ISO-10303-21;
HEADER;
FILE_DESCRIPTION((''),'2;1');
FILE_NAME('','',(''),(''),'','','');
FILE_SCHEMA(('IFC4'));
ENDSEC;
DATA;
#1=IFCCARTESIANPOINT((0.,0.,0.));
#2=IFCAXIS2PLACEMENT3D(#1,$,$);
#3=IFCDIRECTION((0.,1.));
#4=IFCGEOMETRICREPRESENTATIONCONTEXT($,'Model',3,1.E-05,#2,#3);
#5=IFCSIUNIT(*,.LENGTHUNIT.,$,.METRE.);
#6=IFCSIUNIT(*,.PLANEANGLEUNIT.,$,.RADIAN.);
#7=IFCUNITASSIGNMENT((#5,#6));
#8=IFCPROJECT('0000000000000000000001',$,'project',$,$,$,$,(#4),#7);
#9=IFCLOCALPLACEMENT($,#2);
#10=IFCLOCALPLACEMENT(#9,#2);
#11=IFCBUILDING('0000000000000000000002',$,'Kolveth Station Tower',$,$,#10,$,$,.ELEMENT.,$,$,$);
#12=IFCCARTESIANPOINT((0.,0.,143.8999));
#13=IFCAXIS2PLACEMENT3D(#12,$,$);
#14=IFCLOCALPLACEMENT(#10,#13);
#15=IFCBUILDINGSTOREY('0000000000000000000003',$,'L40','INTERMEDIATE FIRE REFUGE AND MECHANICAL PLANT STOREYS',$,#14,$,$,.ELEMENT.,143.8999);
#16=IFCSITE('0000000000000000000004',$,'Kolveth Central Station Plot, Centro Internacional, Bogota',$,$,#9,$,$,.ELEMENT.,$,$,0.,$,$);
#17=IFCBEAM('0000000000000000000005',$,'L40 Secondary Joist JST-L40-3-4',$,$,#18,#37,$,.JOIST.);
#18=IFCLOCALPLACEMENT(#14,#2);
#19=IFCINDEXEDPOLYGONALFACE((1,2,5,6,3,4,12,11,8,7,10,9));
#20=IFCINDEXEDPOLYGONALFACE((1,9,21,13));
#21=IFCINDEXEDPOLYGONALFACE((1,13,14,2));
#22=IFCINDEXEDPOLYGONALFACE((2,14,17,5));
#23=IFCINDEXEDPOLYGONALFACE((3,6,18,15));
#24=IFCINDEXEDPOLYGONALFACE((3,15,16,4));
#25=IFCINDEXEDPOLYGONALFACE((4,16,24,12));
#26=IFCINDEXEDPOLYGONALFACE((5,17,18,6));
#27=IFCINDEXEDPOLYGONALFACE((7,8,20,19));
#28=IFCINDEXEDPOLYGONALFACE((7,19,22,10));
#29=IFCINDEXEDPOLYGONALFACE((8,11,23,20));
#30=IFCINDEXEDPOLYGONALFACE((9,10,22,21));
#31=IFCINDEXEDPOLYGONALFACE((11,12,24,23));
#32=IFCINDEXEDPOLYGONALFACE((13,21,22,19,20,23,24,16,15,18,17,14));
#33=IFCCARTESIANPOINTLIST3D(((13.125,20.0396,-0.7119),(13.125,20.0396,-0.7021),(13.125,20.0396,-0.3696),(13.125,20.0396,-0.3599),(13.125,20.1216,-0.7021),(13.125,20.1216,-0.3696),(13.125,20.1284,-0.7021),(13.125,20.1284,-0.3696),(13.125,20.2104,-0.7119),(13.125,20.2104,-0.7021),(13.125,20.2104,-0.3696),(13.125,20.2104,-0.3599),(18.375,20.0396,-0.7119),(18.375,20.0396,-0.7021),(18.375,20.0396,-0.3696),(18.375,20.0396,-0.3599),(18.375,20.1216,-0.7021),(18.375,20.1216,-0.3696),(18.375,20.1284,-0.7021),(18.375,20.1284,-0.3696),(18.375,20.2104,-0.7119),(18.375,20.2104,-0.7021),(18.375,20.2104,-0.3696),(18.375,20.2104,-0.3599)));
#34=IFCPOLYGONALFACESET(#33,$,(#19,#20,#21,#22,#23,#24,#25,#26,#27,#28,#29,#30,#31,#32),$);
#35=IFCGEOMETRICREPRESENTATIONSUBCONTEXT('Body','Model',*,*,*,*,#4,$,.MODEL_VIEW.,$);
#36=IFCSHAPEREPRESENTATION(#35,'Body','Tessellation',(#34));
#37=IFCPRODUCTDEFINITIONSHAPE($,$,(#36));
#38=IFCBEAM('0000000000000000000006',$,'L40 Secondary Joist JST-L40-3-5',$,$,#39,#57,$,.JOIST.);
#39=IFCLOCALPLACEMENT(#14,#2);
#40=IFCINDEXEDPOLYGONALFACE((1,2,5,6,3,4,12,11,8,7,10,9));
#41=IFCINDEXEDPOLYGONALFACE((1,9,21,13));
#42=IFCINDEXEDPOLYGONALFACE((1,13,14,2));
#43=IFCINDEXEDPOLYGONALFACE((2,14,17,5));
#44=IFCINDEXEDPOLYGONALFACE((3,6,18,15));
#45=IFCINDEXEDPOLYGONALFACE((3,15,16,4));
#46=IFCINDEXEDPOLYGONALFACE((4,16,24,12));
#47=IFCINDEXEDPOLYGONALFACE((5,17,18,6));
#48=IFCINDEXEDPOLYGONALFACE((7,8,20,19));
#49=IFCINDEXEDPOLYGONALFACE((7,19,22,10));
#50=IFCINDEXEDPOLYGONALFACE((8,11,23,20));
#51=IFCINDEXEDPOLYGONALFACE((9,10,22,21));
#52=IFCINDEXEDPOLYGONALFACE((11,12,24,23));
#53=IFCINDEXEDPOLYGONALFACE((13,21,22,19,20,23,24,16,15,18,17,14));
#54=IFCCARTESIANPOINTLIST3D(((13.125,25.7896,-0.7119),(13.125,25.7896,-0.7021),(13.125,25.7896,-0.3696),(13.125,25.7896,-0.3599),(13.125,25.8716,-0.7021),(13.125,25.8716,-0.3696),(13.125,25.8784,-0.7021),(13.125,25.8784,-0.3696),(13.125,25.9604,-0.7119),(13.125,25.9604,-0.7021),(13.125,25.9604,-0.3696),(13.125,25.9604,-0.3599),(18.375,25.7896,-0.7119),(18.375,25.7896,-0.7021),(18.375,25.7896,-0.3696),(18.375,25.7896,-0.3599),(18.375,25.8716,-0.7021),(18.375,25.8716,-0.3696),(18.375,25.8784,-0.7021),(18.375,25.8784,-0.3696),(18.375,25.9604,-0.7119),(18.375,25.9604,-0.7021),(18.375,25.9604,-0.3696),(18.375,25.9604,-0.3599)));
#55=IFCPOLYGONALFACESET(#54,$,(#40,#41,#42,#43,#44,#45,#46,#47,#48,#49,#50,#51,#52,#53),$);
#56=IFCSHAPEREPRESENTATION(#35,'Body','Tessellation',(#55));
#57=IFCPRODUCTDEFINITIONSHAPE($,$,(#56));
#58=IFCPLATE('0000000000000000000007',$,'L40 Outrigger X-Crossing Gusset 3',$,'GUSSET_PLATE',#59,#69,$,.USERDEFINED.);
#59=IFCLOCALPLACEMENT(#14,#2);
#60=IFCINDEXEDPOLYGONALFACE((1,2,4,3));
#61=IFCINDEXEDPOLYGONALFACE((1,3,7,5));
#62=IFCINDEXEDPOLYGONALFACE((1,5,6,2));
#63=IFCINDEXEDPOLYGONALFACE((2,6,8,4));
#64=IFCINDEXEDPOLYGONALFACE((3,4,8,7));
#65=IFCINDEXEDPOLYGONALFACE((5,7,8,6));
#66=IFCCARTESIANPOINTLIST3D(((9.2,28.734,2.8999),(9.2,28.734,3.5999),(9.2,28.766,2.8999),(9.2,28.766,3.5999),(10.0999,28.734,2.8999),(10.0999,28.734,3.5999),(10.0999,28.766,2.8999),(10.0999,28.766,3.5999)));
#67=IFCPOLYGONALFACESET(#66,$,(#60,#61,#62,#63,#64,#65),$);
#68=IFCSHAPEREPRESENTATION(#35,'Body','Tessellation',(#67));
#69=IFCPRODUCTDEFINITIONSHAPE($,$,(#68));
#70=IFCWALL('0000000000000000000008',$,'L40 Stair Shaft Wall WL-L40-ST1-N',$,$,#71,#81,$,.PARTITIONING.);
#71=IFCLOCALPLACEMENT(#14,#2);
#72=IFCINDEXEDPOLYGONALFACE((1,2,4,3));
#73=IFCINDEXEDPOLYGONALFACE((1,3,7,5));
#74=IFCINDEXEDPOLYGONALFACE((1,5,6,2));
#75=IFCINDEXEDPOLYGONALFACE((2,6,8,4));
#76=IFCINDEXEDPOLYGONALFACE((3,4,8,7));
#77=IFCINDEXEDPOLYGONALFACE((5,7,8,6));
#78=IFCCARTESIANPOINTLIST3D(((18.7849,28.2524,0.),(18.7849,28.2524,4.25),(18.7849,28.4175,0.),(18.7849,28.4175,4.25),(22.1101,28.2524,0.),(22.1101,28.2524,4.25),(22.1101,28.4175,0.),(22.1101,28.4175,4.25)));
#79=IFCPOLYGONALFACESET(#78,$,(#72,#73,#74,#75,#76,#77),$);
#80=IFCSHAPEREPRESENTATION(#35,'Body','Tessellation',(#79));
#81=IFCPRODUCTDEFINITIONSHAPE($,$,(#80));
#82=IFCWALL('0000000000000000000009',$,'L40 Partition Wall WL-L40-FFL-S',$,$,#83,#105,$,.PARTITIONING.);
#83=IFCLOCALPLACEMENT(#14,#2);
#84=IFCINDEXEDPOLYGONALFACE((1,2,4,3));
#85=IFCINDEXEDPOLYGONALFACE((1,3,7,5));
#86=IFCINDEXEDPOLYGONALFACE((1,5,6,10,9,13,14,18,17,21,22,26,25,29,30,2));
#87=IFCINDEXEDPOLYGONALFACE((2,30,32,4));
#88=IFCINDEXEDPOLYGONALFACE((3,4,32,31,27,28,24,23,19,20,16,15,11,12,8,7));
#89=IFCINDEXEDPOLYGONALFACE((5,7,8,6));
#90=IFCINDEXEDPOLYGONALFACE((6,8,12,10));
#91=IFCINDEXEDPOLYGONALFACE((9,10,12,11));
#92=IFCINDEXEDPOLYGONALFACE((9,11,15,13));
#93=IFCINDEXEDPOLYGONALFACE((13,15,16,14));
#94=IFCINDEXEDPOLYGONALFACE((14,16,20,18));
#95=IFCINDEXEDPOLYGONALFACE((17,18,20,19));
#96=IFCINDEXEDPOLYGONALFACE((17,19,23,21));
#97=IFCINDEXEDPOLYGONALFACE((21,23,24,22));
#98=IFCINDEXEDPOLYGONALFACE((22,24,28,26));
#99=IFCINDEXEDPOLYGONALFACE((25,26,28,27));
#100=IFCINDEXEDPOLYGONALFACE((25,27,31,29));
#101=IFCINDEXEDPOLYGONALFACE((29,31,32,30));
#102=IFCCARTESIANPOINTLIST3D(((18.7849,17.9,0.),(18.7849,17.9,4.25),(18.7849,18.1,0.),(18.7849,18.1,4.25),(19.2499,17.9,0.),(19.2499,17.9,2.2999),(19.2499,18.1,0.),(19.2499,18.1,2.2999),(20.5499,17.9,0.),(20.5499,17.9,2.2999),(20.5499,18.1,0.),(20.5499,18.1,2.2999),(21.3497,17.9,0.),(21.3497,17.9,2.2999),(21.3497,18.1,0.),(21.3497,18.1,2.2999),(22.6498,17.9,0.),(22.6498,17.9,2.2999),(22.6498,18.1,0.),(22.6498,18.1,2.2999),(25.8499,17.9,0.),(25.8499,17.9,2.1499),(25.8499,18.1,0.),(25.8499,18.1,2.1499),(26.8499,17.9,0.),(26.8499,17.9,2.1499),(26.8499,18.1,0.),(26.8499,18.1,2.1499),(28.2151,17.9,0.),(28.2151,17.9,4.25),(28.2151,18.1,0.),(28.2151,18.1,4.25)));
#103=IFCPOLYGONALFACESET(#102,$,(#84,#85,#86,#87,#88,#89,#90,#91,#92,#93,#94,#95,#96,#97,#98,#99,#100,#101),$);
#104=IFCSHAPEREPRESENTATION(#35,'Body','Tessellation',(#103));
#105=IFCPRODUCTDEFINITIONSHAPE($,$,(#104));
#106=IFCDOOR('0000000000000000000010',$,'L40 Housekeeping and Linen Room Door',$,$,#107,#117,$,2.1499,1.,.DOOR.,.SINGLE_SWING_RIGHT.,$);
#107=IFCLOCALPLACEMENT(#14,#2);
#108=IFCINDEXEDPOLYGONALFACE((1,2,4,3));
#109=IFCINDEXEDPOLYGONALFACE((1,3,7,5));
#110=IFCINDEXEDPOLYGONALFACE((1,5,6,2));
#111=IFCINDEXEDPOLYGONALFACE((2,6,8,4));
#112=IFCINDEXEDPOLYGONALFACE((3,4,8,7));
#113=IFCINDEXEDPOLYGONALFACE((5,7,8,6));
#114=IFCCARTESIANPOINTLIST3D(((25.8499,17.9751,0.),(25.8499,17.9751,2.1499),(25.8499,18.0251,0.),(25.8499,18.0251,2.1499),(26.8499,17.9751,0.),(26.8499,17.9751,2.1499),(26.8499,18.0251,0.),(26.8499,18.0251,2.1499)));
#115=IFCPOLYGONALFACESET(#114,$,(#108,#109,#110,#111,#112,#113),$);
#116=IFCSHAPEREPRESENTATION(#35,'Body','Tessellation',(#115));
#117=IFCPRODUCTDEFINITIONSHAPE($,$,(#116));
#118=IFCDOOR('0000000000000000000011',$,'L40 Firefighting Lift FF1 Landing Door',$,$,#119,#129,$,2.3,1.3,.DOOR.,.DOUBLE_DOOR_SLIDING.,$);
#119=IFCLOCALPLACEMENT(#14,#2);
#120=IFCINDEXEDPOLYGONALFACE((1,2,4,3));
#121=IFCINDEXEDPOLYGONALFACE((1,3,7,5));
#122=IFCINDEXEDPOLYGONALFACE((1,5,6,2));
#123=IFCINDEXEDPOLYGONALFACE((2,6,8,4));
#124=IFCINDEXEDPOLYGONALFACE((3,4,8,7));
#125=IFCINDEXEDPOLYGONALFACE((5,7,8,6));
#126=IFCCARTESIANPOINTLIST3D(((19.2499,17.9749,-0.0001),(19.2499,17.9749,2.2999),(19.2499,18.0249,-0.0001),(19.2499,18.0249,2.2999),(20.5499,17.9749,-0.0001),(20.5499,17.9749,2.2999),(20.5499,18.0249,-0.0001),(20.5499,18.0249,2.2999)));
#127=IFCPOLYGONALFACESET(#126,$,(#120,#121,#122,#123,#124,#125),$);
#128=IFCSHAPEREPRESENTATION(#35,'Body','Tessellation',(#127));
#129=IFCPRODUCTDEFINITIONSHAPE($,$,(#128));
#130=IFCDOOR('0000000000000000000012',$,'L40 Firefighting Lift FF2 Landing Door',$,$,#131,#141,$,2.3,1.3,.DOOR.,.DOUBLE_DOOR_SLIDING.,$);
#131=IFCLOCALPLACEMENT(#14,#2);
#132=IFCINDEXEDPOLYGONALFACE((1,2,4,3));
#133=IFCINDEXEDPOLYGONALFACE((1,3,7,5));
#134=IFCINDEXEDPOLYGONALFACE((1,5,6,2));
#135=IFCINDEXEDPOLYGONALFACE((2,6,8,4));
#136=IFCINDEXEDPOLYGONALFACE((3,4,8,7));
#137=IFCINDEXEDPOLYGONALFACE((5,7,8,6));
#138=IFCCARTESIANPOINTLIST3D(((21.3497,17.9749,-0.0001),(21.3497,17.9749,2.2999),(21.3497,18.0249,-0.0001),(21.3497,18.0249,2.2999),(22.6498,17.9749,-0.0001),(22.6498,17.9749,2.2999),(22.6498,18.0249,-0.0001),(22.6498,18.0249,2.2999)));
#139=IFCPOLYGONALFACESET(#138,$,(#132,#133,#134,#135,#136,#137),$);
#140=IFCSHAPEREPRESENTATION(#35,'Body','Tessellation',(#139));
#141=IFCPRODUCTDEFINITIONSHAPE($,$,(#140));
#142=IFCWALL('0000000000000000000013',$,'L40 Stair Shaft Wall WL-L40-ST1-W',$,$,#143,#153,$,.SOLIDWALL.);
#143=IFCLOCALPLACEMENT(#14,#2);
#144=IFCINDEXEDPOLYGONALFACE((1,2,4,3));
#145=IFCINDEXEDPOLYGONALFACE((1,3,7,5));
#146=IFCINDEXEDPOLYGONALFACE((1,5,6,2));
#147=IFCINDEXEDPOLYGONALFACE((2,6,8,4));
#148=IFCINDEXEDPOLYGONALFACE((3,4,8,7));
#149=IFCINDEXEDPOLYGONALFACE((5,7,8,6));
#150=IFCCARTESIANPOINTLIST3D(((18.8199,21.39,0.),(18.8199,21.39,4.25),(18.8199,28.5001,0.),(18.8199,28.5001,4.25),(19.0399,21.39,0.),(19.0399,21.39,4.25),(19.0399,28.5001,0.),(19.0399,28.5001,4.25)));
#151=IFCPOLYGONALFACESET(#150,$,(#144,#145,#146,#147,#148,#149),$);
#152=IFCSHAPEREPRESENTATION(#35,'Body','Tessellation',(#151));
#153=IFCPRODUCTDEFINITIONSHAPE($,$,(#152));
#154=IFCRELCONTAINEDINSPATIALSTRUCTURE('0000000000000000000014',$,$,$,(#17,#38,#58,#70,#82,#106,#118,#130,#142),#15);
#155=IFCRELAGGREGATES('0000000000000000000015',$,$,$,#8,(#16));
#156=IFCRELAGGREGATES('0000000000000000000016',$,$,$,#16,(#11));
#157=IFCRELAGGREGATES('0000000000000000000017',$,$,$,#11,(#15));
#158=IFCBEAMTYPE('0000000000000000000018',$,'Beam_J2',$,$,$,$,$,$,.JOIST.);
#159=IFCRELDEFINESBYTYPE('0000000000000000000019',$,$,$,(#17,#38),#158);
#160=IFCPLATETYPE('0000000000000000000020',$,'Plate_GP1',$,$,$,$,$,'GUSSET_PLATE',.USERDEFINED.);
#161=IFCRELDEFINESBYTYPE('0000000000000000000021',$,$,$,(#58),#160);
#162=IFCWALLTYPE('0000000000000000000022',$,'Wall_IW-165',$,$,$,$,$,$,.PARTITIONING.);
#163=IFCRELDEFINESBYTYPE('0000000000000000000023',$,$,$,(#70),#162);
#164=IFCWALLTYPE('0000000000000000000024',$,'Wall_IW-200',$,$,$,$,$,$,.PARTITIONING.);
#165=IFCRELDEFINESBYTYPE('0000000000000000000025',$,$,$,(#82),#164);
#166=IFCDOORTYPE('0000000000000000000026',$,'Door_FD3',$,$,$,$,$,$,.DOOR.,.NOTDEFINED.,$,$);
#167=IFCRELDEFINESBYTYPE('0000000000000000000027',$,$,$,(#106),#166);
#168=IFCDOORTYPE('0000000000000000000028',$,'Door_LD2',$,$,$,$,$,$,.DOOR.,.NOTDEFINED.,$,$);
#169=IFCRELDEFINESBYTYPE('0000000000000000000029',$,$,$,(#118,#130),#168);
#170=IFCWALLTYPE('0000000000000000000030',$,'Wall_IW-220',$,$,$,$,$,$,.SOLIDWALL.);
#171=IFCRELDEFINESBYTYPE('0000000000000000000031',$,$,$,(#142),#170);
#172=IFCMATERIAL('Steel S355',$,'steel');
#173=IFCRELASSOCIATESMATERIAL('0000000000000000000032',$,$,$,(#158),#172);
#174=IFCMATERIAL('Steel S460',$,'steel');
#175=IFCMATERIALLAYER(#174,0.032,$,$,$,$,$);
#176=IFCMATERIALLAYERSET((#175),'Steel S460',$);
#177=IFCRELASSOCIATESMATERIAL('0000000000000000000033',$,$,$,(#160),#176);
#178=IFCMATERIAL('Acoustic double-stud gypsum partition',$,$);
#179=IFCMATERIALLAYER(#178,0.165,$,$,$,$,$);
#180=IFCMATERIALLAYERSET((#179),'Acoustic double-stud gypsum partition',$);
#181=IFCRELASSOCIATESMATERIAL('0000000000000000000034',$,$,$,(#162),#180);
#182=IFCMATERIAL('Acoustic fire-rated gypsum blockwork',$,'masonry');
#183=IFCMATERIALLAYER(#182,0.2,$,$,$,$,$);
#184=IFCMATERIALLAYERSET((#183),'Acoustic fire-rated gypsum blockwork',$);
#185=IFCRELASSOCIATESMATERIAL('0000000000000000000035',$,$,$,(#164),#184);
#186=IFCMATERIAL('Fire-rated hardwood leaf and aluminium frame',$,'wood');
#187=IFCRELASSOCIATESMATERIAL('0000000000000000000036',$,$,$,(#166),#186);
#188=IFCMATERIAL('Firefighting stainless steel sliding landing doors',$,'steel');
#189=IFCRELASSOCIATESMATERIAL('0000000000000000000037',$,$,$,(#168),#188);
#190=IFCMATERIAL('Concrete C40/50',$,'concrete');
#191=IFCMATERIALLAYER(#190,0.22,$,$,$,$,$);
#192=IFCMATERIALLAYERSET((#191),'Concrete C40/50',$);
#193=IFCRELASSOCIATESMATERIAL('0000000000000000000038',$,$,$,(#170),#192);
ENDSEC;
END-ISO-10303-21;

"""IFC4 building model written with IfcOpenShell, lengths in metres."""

from ifc_helpers import new_model, si_unit, direction, frame, frame_2d, origin, origin_2d, place, context, subcontext, project, spatial, rectangle, i_section, extrude, source, transform, mapped, material, layer, layer_set, material_profile, profile_set, type_object, element, fill, save


model = new_model("IFC4")

# Units and contexts
model_context = context("Model", 3, precision=1e-05, world=origin(), true_north=direction((0.0, 1.0)))
body_context = subcontext(model_context, "Body", "Model", "MODEL_VIEW")
ifc_project = project(units=[si_unit("LENGTHUNIT", "METRE"), si_unit("PLANEANGLEUNIT", "RADIAN")], contexts=[model_context])

# Site, building, storey
site_placement = place(None, origin())
site = spatial("IfcSite", under=ifc_project, at=site_placement, Name="Kolveth Central Station Plot, Centro Internacional, Bogota", CompositionType="ELEMENT", RefElevation=0.0)
building_placement = place(site_placement, origin())
building = spatial("IfcBuilding", under=site, at=building_placement, Name="Kolveth Station Tower", CompositionType="ELEMENT")
storey_placement = place(building_placement, frame((0.0, 0.0, 143.8999)))
storey = spatial("IfcBuildingStorey", under=building, at=storey_placement, Name="L40", Description="INTERMEDIATE FIRE REFUGE AND MECHANICAL PLANT STOREYS", CompositionType="ELEMENT", Elevation=143.8999)

# Shared definitions
ifc_material_1 = material(Name="Steel S460", Category="steel")
ifc_material_2 = material(Name="Steel S355", Category="steel")

# Beams
ifc_material_profile_1 = material_profile(ifc_material_2, i_section(OverallWidth=0.1709, OverallDepth=0.3521, WebThickness=0.0068, FlangeThickness=0.0098, at=origin_2d()), Name="W360x44")
ifc_profile_set_1 = profile_set([ifc_material_profile_1], Name="Steel S355")
beam_type_1 = type_object("IfcBeamType", Name="Beam_J2", PredefinedType="JOIST", material=ifc_profile_set_1)
shared_shape_1 = source(origin(), body_context, "Body", "SweptSolid", [
    extrude(i_section(OverallWidth=0.1709, OverallDepth=0.3521, WebThickness=0.0068, FlangeThickness=0.0098, at=origin_2d()), origin(), (0.0, 0.0, 1.0), 5.25),
])
for number, where, z_axis, x_axis, name in (
    (1, (13.125, 20.125, -0.5359), (1.0, 0.0, 0.0), (0.0, 1.0, 0.0), "L40 Secondary Joist JST-L40-3-4"),
    (2, (13.125, 25.875, -0.5359), (1.0, 0.0, 0.0), (0.0, 1.0, 0.0), "L40 Secondary Joist JST-L40-3-5"),
):
    element("IfcBeam", number, at=place(storey_placement, frame(where, z_axis=z_axis, x_axis=x_axis)), inside=storey, type_object=beam_type_1, Name=name, PredefinedType="JOIST", context=body_context, shape_type="MappedRepresentation", body=[
        mapped(shared_shape_1, transform((0.0, 0.0, 0.0), x_axis=(1.0, 0.0, 0.0), y_axis=(0.0, 1.0, 0.0), z_axis=(0.0, 0.0, 1.0), scale=1.0)),
    ])

# Plate
ifc_layer_1 = layer(ifc_material_1, 0.032)
ifc_layer_set_1 = layer_set([ifc_layer_1], Name="Steel S460")
plate_type = type_object("IfcPlateType", Name="Plate_GP1", ElementType="GUSSET_PLATE", PredefinedType="USERDEFINED", material=ifc_layer_set_1)
shared_shape_2 = source(origin(), body_context, "Body", "SweptSolid", [
    extrude(rectangle(XDim=0.8999, YDim=0.032, at=origin_2d()), origin(), (0.0, 0.0, 1.0), 0.7),
])
plate_placement = place(storey_placement, frame((9.6499, 28.75, 2.8999), z_axis=(0.0, 0.0, 1.0), x_axis=(1.0, 0.0, 0.0)))
element("IfcPlate", 3, at=plate_placement, inside=storey, type_object=plate_type, Name="L40 Outrigger X-Crossing Gusset 3", ObjectType="GUSSET_PLATE", PredefinedType="USERDEFINED", context=body_context, shape_type="MappedRepresentation", body=[
    mapped(shared_shape_2, transform((0.0, 0.0, 0.0), x_axis=(1.0, 0.0, 0.0), y_axis=(0.0, 1.0, 0.0), z_axis=(0.0, 0.0, 1.0), scale=1.0)),
])

# Wall
ifc_material_3 = material(Name="Acoustic double-stud gypsum partition")
ifc_layer_2 = layer(ifc_material_3, 0.165)
ifc_layer_set_2 = layer_set([ifc_layer_2], Name="Acoustic double-stud gypsum partition")
wall_type_1 = type_object("IfcWallType", Name="Wall_IW-165", PredefinedType="PARTITIONING", material=ifc_layer_set_2)
wall_1_placement = place(storey_placement, frame((18.7849, 28.335, 0.0), z_axis=(0.0, 0.0, 1.0), x_axis=(1.0, 0.0, 0.0)))
element("IfcWall", 4, at=wall_1_placement, inside=storey, type_object=wall_type_1, Name="L40 Stair Shaft Wall WL-L40-ST1-N", PredefinedType="PARTITIONING", context=body_context, shape_type="SweptSolid", body=[
    extrude(rectangle(XDim=3.3252, YDim=0.165, at=frame_2d((1.6626, 0.0))), origin(), (0.0, 0.0, 1.0), 4.25),
])

# Wall, openings, doors
ifc_material_4 = material(Name="Acoustic fire-rated gypsum blockwork", Category="masonry")
ifc_layer_3 = layer(ifc_material_4, 0.2)
ifc_layer_set_3 = layer_set([ifc_layer_3], Name="Acoustic fire-rated gypsum blockwork")
wall_type_2 = type_object("IfcWallType", Name="Wall_IW-200", PredefinedType="PARTITIONING", material=ifc_layer_set_3)
wall_2_placement = place(storey_placement, frame((18.7849, 18.0, 0.0), z_axis=(0.0, 0.0, 1.0), x_axis=(1.0, 0.0, 0.0)))
wall_2 = element("IfcWall", 5, at=wall_2_placement, inside=storey, type_object=wall_type_2, Name="L40 Partition Wall WL-L40-FFL-S", PredefinedType="PARTITIONING", context=body_context, shape_type="SweptSolid", body=[
    extrude(rectangle(XDim=9.4302, YDim=0.2, at=frame_2d((4.7151, 0.0))), origin(), (0.0, 0.0, 1.0), 4.25),
])
opening_1_placement = place(wall_2_placement, frame((0.4651, 0.0, 0.0)))
opening_1 = element("IfcOpeningElement", 6, at=opening_1_placement, cuts=wall_2, PredefinedType="OPENING", context=body_context, shape_type="SweptSolid", body=[
    extrude(rectangle(XDim=1.3, YDim=2.3, at=frame_2d((0.6499, 1.1499))), frame((0.0, 0.1099, 0.0), z_axis=(0.0, -1.0, 0.0), x_axis=(1.0, 0.0, 0.0)), (0.0, 0.0, 1.0), 0.22),
])
opening_2_placement = place(wall_2_placement, frame((2.5649, 0.0, 0.0)))
opening_2 = element("IfcOpeningElement", 7, at=opening_2_placement, cuts=wall_2, PredefinedType="OPENING", context=body_context, shape_type="SweptSolid", body=[
    extrude(rectangle(XDim=1.3, YDim=2.3, at=frame_2d((0.6499, 1.1499))), frame((0.0, 0.1099, 0.0), z_axis=(0.0, -1.0, 0.0), x_axis=(1.0, 0.0, 0.0)), (0.0, 0.0, 1.0), 0.22),
])
opening_3_placement = place(wall_2_placement, frame((7.0649, 0.0, 0.0)))
opening_3 = element("IfcOpeningElement", 8, at=opening_3_placement, cuts=wall_2, PredefinedType="OPENING", context=body_context, shape_type="SweptSolid", body=[
    extrude(rectangle(XDim=1.0, YDim=2.1499, at=frame_2d((0.5, 1.075))), frame((0.0, 0.1099, 0.0), z_axis=(0.0, -1.0, 0.0), x_axis=(1.0, 0.0, 0.0)), (0.0, 0.0, 1.0), 0.22),
])
ifc_material_5 = material(Name="Fire-rated hardwood leaf and aluminium frame", Category="wood")
door_type_1 = type_object("IfcDoorType", Name="Door_FD3", OperationType="NOTDEFINED", PredefinedType="DOOR", material=ifc_material_5)
door_1_placement = place(opening_3_placement, frame((1.0, 0.0, 0.0), z_axis=(0.0, 0.0, 1.0), x_axis=(-1.0, 0.0, 0.0)))
door_1 = element("IfcDoor", 9, at=door_1_placement, inside=storey, type_object=door_type_1, Name="L40 Housekeeping and Linen Room Door", OperationType="SINGLE_SWING_RIGHT", OverallHeight=2.1499, OverallWidth=1.0, PredefinedType="DOOR", context=body_context, shape_type="SweptSolid", body=[
    extrude(rectangle(XDim=1.0, YDim=2.1499, at=frame_2d((0.5, 1.075))), frame((0.0, 0.0249, 0.0), z_axis=(0.0, -1.0, 0.0), x_axis=(1.0, 0.0, 0.0)), (0.0, 0.0, 1.0), 0.05),
])
fill(opening_3, door_1)
ifc_material_6 = material(Name="Firefighting stainless steel sliding landing doors", Category="steel")
door_type_2 = type_object("IfcDoorType", Name="Door_LD2", OperationType="NOTDEFINED", PredefinedType="DOOR", material=ifc_material_6)
door_2_placement = place(opening_1_placement, origin())
door_2 = element("IfcDoor", 10, at=door_2_placement, inside=storey, type_object=door_type_2, Name="L40 Firefighting Lift FF1 Landing Door", OperationType="DOUBLE_DOOR_SLIDING", OverallHeight=2.3, OverallWidth=1.3, PredefinedType="DOOR", context=body_context, shape_type="SweptSolid", body=[
    extrude(rectangle(XDim=1.3, YDim=2.3, at=frame_2d((0.6499, 1.1499))), frame((0.0, 0.0249, 0.0), z_axis=(0.0, -1.0, 0.0), x_axis=(1.0, 0.0, 0.0)), (0.0, 0.0, 1.0), 0.05),
])
fill(opening_1, door_2)
door_3_placement = place(opening_2_placement, origin())
door_3 = element("IfcDoor", 11, at=door_3_placement, inside=storey, type_object=door_type_2, Name="L40 Firefighting Lift FF2 Landing Door", OperationType="DOUBLE_DOOR_SLIDING", OverallHeight=2.3, OverallWidth=1.3, PredefinedType="DOOR", context=body_context, shape_type="SweptSolid", body=[
    extrude(rectangle(XDim=1.3, YDim=2.3, at=frame_2d((0.6499, 1.1499))), frame((0.0, 0.0249, 0.0), z_axis=(0.0, -1.0, 0.0), x_axis=(1.0, 0.0, 0.0)), (0.0, 0.0, 1.0), 0.05),
])
fill(opening_2, door_3)

# Wall
ifc_material_7 = material(Name="Concrete C40/50", Category="concrete")
ifc_layer_4 = layer(ifc_material_7, 0.22)
ifc_layer_set_4 = layer_set([ifc_layer_4], Name="Concrete C40/50")
wall_type_3 = type_object("IfcWallType", Name="Wall_IW-220", PredefinedType="SOLIDWALL", material=ifc_layer_set_4)
wall_3_placement = place(storey_placement, frame((18.9299, 21.3899, 0.0), z_axis=(0.0, 0.0, 1.0), x_axis=(0.0, 1.0, 0.0)))
element("IfcWall", 12, at=wall_3_placement, inside=storey, type_object=wall_type_3, Name="L40 Stair Shaft Wall WL-L40-ST1-W", PredefinedType="SOLIDWALL", context=body_context, shape_type="SweptSolid", body=[
    extrude(rectangle(XDim=7.1101, YDim=0.22, at=frame_2d((3.5552, 0.0))), origin(), (0.0, 0.0, 1.0), 4.25),
])

save(model, "model.ifc")
